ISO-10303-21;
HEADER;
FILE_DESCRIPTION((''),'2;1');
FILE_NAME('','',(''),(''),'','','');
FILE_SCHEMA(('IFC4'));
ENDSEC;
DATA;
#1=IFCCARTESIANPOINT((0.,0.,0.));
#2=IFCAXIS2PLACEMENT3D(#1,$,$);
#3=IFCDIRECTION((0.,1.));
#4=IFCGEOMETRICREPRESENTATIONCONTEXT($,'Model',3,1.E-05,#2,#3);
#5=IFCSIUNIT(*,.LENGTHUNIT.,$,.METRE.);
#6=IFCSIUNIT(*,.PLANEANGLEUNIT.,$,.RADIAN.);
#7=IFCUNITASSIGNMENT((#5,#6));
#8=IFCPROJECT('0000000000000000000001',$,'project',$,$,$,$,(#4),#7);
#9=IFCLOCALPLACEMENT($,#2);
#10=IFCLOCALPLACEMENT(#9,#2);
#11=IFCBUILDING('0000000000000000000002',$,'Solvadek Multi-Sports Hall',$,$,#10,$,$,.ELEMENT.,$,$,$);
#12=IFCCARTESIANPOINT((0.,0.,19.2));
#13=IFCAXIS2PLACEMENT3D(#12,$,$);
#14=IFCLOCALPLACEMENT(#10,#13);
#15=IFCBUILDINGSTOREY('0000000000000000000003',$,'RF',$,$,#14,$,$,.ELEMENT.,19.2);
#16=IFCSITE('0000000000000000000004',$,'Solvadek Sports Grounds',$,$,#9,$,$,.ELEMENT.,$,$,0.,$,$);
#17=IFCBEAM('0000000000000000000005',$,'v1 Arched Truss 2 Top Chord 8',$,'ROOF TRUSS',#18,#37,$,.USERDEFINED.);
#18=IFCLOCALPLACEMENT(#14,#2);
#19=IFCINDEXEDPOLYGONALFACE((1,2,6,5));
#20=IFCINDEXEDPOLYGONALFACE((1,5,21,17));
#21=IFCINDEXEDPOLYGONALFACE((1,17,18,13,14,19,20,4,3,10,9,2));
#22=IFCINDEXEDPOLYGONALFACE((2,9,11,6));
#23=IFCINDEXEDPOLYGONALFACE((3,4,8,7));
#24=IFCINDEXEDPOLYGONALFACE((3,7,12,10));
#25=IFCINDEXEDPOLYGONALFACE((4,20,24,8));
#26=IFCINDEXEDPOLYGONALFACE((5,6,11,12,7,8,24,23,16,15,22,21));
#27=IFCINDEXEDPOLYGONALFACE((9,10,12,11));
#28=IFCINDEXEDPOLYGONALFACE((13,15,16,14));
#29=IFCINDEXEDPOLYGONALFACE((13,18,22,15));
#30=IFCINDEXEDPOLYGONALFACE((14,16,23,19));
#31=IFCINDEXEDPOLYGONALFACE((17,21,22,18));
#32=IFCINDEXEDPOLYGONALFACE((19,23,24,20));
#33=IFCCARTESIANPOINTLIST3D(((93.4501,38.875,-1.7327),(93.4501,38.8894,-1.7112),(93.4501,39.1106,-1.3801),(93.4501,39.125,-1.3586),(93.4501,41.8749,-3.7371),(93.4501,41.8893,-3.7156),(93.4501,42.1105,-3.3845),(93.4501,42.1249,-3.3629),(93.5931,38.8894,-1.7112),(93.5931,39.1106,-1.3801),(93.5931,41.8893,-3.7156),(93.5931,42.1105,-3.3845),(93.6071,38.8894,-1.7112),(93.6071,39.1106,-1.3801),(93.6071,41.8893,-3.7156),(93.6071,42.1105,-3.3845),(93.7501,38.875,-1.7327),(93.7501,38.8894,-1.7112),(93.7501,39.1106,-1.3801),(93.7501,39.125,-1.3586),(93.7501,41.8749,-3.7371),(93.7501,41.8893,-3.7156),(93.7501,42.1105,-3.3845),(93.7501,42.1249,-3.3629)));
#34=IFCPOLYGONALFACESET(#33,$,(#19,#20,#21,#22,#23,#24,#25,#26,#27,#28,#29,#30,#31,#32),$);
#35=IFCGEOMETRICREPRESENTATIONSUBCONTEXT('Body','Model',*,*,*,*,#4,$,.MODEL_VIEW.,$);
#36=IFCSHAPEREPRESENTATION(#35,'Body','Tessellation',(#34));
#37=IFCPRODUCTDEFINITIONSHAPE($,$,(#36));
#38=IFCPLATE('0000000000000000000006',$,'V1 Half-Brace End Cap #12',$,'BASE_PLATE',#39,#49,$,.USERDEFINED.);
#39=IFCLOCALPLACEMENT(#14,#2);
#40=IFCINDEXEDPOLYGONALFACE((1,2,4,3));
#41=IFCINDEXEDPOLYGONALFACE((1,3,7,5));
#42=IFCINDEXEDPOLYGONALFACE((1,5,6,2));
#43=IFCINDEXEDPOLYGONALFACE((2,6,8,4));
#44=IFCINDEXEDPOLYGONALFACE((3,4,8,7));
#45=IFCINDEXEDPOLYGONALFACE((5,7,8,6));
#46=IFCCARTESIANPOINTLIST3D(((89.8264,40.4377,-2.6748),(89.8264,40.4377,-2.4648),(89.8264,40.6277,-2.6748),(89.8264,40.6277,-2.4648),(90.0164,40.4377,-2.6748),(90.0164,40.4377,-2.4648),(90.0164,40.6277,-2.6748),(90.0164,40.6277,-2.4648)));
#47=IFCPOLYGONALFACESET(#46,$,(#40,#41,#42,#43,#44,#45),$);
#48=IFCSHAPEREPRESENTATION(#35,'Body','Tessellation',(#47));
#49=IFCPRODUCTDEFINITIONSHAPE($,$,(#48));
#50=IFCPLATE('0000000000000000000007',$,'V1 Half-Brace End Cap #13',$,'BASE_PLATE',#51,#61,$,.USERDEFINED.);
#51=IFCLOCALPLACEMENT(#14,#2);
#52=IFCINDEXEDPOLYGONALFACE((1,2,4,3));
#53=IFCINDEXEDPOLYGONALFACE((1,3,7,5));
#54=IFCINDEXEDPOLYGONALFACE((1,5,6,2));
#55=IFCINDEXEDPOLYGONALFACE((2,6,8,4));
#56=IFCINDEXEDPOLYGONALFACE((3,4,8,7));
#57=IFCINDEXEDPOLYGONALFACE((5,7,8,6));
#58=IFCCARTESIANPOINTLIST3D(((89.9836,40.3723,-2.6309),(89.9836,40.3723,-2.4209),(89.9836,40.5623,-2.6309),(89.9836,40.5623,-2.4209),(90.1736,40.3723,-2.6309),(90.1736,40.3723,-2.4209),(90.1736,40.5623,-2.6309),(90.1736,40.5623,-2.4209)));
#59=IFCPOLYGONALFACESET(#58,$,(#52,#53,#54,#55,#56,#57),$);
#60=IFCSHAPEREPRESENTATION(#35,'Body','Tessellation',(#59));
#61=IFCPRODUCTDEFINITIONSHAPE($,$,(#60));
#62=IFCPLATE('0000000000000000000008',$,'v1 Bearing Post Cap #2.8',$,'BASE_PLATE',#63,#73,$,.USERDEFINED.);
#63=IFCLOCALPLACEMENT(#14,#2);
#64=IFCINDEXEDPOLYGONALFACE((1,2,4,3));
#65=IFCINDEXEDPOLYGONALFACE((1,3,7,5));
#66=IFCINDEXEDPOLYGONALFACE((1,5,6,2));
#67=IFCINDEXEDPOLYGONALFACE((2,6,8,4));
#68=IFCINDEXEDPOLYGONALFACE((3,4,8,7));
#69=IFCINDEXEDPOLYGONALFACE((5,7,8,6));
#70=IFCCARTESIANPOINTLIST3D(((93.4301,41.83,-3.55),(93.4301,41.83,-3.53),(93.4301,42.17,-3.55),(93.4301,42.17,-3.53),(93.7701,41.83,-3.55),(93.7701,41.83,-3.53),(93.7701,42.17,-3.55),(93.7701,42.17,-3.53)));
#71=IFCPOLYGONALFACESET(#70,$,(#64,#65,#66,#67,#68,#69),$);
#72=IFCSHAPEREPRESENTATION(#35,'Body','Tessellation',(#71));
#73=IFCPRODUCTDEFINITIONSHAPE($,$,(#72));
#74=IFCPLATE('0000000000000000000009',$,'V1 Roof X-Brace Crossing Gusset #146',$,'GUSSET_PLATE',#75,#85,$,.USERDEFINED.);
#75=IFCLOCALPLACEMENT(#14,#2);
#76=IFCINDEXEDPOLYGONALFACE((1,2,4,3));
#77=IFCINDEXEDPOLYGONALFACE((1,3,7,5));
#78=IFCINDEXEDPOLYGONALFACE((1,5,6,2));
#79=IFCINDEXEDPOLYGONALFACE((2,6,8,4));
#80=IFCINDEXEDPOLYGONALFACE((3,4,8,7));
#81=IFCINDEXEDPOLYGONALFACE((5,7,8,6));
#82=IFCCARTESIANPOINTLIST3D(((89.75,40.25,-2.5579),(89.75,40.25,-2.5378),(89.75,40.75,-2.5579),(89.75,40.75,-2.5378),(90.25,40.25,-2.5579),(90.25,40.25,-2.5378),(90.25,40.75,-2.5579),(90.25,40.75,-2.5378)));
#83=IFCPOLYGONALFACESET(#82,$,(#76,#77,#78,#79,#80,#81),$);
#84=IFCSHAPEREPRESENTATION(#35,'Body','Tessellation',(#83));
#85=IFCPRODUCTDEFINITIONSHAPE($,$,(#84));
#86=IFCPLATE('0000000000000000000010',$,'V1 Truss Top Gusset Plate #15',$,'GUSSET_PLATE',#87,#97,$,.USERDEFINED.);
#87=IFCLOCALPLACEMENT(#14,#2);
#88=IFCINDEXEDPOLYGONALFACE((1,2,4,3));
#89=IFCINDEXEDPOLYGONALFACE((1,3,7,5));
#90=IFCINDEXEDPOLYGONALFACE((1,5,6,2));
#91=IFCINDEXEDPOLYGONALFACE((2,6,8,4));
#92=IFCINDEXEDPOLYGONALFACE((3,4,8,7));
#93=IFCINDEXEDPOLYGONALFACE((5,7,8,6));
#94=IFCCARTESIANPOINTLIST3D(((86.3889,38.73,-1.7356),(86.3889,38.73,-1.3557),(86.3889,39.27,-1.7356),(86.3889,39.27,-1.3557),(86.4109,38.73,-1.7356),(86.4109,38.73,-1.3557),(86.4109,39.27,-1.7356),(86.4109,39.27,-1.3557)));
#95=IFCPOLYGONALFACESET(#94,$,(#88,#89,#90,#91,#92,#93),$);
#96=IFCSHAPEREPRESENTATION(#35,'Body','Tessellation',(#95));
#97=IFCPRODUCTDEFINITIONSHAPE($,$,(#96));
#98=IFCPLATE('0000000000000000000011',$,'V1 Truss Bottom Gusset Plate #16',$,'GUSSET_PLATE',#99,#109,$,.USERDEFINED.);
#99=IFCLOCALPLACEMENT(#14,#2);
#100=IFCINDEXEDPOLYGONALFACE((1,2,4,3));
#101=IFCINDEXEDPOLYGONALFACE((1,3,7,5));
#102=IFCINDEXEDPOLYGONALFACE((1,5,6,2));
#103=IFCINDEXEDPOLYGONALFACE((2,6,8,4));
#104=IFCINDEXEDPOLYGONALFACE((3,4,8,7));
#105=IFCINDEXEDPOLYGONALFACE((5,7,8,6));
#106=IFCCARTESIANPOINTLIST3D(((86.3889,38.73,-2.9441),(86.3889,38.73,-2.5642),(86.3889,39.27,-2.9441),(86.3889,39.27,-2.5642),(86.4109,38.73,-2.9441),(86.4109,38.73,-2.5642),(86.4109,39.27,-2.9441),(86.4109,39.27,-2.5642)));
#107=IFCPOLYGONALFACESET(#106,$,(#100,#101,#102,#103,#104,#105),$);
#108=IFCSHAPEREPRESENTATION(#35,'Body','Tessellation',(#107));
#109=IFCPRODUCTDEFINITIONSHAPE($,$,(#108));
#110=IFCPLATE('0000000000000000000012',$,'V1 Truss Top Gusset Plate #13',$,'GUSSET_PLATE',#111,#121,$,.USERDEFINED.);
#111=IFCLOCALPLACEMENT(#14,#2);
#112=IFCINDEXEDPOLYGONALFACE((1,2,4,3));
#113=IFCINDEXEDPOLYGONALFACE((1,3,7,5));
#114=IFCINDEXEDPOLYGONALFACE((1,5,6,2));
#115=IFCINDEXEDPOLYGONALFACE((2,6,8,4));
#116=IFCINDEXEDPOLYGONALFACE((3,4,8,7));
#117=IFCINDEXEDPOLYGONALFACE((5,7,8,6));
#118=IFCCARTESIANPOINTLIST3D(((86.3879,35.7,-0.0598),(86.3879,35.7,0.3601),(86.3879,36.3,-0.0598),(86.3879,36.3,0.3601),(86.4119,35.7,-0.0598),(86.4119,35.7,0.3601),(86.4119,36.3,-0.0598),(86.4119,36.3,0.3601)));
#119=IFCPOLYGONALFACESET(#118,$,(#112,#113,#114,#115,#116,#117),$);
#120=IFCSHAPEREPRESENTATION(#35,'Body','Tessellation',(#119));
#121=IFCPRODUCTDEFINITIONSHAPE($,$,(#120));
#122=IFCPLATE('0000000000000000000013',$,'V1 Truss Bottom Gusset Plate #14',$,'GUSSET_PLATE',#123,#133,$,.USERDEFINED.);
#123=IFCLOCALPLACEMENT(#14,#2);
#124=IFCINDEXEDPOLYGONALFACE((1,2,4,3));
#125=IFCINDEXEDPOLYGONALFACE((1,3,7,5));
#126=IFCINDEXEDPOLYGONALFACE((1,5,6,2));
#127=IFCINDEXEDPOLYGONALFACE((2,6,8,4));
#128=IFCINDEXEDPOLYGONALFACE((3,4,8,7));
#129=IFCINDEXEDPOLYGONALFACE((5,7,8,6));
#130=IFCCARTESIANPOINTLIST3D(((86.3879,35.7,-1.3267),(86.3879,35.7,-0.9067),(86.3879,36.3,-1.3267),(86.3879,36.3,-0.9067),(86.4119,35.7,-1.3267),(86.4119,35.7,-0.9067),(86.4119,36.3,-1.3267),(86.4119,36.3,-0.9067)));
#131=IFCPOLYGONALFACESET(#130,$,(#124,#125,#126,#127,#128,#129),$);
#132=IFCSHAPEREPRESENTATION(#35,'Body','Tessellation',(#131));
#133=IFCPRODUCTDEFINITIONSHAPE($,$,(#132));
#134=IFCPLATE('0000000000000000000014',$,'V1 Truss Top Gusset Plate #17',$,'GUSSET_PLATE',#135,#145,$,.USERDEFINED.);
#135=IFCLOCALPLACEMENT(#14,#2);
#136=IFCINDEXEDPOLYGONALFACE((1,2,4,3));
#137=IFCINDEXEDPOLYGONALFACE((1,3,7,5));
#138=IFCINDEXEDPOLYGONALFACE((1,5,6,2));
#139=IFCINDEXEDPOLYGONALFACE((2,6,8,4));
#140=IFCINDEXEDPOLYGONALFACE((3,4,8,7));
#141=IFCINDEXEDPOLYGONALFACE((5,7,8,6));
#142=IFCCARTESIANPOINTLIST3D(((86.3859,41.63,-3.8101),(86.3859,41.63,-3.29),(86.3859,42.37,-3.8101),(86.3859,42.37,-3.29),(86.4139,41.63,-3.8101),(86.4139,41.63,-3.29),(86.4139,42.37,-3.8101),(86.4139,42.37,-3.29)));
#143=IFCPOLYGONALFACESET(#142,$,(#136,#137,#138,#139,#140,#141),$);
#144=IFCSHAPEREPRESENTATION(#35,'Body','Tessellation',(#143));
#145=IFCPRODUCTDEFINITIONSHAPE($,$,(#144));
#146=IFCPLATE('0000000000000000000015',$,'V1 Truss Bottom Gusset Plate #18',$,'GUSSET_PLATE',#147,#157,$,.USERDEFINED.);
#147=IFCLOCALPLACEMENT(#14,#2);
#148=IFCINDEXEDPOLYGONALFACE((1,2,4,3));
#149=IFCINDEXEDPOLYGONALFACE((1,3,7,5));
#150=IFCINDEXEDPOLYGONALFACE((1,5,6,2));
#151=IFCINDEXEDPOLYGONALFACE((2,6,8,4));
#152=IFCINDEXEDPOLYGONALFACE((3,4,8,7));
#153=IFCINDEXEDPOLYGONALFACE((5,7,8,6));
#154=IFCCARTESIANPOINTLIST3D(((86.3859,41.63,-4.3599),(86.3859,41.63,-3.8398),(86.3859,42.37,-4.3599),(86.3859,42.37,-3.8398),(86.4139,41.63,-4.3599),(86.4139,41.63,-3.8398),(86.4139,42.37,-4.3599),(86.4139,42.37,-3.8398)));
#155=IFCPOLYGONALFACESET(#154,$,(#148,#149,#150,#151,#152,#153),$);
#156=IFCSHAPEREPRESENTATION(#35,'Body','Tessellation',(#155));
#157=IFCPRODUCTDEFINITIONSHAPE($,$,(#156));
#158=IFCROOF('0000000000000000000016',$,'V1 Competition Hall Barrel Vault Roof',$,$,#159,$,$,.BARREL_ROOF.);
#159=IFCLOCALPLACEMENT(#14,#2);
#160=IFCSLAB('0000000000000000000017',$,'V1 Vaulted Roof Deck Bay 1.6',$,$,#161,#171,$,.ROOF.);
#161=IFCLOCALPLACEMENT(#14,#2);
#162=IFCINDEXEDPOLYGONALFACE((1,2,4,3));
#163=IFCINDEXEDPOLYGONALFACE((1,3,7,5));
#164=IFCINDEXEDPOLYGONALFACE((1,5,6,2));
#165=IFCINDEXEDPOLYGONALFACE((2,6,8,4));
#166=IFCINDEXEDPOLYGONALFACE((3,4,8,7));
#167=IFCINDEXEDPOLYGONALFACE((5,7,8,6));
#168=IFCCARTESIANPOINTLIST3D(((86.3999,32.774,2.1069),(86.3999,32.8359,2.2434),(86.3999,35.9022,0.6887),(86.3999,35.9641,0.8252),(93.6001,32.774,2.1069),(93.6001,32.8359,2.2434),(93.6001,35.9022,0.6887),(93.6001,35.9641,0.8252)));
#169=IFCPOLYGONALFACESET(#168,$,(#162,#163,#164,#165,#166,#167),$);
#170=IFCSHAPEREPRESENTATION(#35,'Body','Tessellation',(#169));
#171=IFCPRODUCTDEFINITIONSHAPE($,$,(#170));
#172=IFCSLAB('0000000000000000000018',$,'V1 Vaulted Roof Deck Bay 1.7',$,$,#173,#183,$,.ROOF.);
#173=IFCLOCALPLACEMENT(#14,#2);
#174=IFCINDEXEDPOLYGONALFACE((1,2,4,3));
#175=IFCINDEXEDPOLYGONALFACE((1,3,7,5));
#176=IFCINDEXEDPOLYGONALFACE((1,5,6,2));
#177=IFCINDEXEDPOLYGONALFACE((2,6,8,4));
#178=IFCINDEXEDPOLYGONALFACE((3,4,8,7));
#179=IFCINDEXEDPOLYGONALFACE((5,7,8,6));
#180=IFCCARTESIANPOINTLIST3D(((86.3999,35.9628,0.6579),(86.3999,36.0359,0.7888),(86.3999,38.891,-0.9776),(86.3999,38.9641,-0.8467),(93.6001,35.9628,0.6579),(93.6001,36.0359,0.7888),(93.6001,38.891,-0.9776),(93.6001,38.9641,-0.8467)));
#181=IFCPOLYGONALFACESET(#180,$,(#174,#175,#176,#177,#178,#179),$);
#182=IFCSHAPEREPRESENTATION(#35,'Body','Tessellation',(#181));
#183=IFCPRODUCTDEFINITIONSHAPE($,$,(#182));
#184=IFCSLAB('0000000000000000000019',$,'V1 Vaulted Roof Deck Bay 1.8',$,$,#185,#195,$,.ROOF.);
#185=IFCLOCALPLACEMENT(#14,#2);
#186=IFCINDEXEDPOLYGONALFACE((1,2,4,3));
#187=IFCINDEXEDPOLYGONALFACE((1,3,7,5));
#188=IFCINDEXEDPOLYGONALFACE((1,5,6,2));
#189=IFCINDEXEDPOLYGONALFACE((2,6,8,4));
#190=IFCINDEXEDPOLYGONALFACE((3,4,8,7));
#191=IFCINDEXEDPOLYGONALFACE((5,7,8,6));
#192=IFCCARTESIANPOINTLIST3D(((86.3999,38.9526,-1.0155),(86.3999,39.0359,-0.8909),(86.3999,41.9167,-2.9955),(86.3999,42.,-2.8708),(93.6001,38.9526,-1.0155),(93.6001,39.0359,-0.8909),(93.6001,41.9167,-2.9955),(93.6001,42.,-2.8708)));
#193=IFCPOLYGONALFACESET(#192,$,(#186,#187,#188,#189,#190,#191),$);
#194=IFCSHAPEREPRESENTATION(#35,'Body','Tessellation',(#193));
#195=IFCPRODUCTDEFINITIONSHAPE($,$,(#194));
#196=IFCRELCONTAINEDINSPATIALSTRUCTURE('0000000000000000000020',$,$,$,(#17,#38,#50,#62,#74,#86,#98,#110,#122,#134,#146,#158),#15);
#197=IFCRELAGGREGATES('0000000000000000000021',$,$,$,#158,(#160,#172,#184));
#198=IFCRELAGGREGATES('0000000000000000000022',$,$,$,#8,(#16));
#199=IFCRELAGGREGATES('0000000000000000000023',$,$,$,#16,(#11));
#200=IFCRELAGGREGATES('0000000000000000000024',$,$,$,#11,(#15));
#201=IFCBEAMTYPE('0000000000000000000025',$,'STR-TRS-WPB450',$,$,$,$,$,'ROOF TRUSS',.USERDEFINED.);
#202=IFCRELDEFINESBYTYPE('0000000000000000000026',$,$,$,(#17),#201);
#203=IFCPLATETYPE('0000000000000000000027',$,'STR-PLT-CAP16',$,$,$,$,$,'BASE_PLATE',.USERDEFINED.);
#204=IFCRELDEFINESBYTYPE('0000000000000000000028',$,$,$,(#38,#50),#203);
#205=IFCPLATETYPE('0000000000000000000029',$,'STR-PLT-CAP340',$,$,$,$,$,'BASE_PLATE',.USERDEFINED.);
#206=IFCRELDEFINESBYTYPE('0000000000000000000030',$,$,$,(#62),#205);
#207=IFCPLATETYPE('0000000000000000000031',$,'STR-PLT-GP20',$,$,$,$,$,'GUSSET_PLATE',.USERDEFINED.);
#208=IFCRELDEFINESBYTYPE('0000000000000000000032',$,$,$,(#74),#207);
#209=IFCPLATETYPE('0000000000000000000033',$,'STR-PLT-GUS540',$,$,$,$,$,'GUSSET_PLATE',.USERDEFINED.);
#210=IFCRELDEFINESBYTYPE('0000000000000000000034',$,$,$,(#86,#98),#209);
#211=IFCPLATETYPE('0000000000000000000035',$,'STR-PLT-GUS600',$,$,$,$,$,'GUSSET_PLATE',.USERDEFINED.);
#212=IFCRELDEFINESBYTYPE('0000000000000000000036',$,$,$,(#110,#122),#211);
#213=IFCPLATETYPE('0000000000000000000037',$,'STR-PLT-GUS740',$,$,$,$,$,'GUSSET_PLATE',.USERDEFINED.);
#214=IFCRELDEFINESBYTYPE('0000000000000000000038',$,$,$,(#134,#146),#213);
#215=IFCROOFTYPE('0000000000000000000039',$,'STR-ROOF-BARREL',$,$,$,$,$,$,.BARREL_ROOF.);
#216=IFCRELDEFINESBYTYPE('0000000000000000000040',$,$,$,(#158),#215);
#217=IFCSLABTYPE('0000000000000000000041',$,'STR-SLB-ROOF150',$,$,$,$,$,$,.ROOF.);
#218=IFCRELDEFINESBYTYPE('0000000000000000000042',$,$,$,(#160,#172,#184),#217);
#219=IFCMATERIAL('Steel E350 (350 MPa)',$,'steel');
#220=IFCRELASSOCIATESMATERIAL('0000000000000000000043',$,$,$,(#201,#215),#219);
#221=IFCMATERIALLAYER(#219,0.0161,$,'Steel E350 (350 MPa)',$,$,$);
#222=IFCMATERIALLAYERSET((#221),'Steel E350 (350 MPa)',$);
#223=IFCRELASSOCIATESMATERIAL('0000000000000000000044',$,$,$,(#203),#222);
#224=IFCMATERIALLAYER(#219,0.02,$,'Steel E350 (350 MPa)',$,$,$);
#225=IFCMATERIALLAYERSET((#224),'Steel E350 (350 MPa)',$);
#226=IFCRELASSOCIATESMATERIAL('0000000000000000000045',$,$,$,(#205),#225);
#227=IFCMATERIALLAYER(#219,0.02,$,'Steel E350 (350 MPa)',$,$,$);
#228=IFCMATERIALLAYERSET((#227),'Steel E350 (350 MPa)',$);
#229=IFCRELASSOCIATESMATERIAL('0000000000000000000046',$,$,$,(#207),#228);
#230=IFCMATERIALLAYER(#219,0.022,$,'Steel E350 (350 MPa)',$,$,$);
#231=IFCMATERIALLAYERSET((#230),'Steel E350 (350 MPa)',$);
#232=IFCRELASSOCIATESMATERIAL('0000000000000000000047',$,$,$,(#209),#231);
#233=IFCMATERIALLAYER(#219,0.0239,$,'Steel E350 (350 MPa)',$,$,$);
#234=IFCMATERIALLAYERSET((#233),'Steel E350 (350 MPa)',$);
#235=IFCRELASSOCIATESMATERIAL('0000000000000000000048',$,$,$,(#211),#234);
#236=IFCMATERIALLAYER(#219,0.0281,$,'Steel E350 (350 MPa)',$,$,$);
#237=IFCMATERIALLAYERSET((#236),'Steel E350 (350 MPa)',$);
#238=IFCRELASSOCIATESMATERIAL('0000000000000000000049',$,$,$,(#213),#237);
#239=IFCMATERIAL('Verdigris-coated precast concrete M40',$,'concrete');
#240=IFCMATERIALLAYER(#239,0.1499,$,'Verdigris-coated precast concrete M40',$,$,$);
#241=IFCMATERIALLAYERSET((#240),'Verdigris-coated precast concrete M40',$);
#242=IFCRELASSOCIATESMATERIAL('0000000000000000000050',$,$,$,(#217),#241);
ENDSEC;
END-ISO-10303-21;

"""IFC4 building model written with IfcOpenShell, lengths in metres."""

from ifc_helpers import new_model, si_unit, direction, frame, origin, origin_2d, place, context, subcontext, project, spatial, polyline, rectangle, i_section, outline, extrude, material, layer, layer_set, material_profile, profile_set, type_object, element, aggregate, save


model = new_model("IFC4")

# Units and contexts
model_context = context("Model", 3, precision=1e-05, world=origin(), true_north=direction((0.0, 1.0)))
body_context = subcontext(model_context, "Body", "Model", "MODEL_VIEW")
ifc_project = project(units=[si_unit("LENGTHUNIT", "METRE"), si_unit("PLANEANGLEUNIT", "RADIAN")], contexts=[model_context])

# Site, building, storey
site_placement = place(None, origin())
site = spatial("IfcSite", under=ifc_project, at=site_placement, Name="Solvadek Sports Grounds", CompositionType="ELEMENT", RefElevation=0.0)
building_placement = place(site_placement, origin())
building = spatial("IfcBuilding", under=site, at=building_placement, Name="Solvadek Multi-Sports Hall", CompositionType="ELEMENT")
storey_placement = place(building_placement, frame((0.0, 0.0, 19.2)))
storey = spatial("IfcBuildingStorey", under=building, at=storey_placement, Name="RF", CompositionType="ELEMENT", Elevation=19.2)

# Shared definitions
ifc_material_1 = material(Name="Steel E350 (350 MPa)", Category="steel")

# Beam
ifc_material_profile_1 = material_profile(ifc_material_1, i_section(OverallWidth=0.3, OverallDepth=0.45, WebThickness=0.0139, FlangeThickness=0.0259, at=origin_2d()), Name="WPB 450")
ifc_profile_set_1 = profile_set([ifc_material_profile_1], Name="Steel E350 (350 MPa)")
beam_type = type_object("IfcBeamType", Name="STR-TRS-WPB450", ElementType="ROOF TRUSS", PredefinedType="USERDEFINED", material=ifc_profile_set_1)
beam_1_placement = place(storey_placement, frame((93.6001, 39.0, -1.5457), z_axis=(0.0, 0.831488, -0.555543), x_axis=(-1.0, 0.0, 0.0)))
element("IfcBeam", 1, at=beam_1_placement, inside=storey, type_object=beam_type, Name="v1 Arched Truss 2 Top Chord 8", ObjectType="ROOF TRUSS", PredefinedType="USERDEFINED", context=body_context, shape_type="SweptSolid", body=[
    extrude(i_section(OverallWidth=0.3, OverallDepth=0.45, WebThickness=0.0139, FlangeThickness=0.0259, at=origin_2d()), origin(), (0.0, 0.0, 1.0), 3.6079),
])

# Plates
ifc_layer_1 = layer(ifc_material_1, 0.0161, Name="Steel E350 (350 MPa)")
ifc_layer_set_1 = layer_set([ifc_layer_1], Name="Steel E350 (350 MPa)")
plate_type_1 = type_object("IfcPlateType", Name="STR-PLT-CAP16", ElementType="BASE_PLATE", PredefinedType="USERDEFINED", material=ifc_layer_set_1)
for number, where, z_axis, x_axis, name in (
    (2, (89.9214, 40.5327, -2.6748), (0.0, 0.0, 1.0), (1.0, 0.0, 0.0), "V1 Half-Brace End Cap #12"),
    (3, (90.0786, 40.4673, -2.6309), (0.0, 0.0, 1.0), (1.0, 0.0, 0.0), "V1 Half-Brace End Cap #13"),
):
    element("IfcPlate", number, at=place(storey_placement, frame(where, z_axis=z_axis, x_axis=x_axis)), inside=storey, type_object=plate_type_1, Name=name, ObjectType="BASE_PLATE", PredefinedType="USERDEFINED", context=body_context, shape_type="SweptSolid", body=[
        extrude(rectangle(XDim=0.1899, YDim=0.1899, at=origin_2d()), origin(), (0.0, 0.0, 1.0), 0.21),
    ])
ifc_layer_2 = layer(ifc_material_1, 0.02, Name="Steel E350 (350 MPa)")
ifc_layer_set_2 = layer_set([ifc_layer_2], Name="Steel E350 (350 MPa)")
plate_type_2 = type_object("IfcPlateType", Name="STR-PLT-CAP340", ElementType="BASE_PLATE", PredefinedType="USERDEFINED", material=ifc_layer_set_2)
plate_1_placement = place(storey_placement, frame((93.6001, 42.0, -3.55), z_axis=(0.0, 0.0, 1.0), x_axis=(1.0, 0.0, 0.0)))
element("IfcPlate", 4, at=plate_1_placement, inside=storey, type_object=plate_type_2, Name="v1 Bearing Post Cap #2.8", ObjectType="BASE_PLATE", PredefinedType="USERDEFINED", context=body_context, shape_type="SweptSolid", body=[
    extrude(rectangle(XDim=0.3401, YDim=0.3401, at=origin_2d()), origin(), (0.0, 0.0, 1.0), 0.02),
])
ifc_layer_3 = layer(ifc_material_1, 0.02, Name="Steel E350 (350 MPa)")
ifc_layer_set_3 = layer_set([ifc_layer_3], Name="Steel E350 (350 MPa)")
plate_type_3 = type_object("IfcPlateType", Name="STR-PLT-GP20", ElementType="GUSSET_PLATE", PredefinedType="USERDEFINED", material=ifc_layer_set_3)
plate_2_placement = place(storey_placement, frame((90.0, 40.5, -2.5579), z_axis=(0.0, 0.0, 1.0), x_axis=(1.0, 0.0, 0.0)))
element("IfcPlate", 5, at=plate_2_placement, inside=storey, type_object=plate_type_3, Name="V1 Roof X-Brace Crossing Gusset #146", ObjectType="GUSSET_PLATE", PredefinedType="USERDEFINED", context=body_context, shape_type="SweptSolid", body=[
    extrude(rectangle(XDim=0.5, YDim=0.5, at=origin_2d()), origin(), (0.0, 0.0, 1.0), 0.02),
])
ifc_layer_4 = layer(ifc_material_1, 0.022, Name="Steel E350 (350 MPa)")
ifc_layer_set_4 = layer_set([ifc_layer_4], Name="Steel E350 (350 MPa)")
plate_type_4 = type_object("IfcPlateType", Name="STR-PLT-GUS540", ElementType="GUSSET_PLATE", PredefinedType="USERDEFINED", material=ifc_layer_set_4)
for number, where, z_axis, x_axis, name in (
    (6, (86.3999, 39.0, -1.7356), (0.0, 0.0, 1.0), (0.0, 1.0, 0.0), "V1 Truss Top Gusset Plate #15"),
    (7, (86.3999, 39.0, -2.9441), (0.0, 0.0, 1.0), (0.0, 1.0, 0.0), "V1 Truss Bottom Gusset Plate #16"),
):
    element("IfcPlate", number, at=place(storey_placement, frame(where, z_axis=z_axis, x_axis=x_axis)), inside=storey, type_object=plate_type_4, Name=name, ObjectType="GUSSET_PLATE", PredefinedType="USERDEFINED", context=body_context, shape_type="SweptSolid", body=[
        extrude(rectangle(XDim=0.54, YDim=0.022, at=origin_2d()), origin(), (0.0, 0.0, 1.0), 0.3799),
    ])
ifc_layer_5 = layer(ifc_material_1, 0.0239, Name="Steel E350 (350 MPa)")
ifc_layer_set_5 = layer_set([ifc_layer_5], Name="Steel E350 (350 MPa)")
plate_type_5 = type_object("IfcPlateType", Name="STR-PLT-GUS600", ElementType="GUSSET_PLATE", PredefinedType="USERDEFINED", material=ifc_layer_set_5)
for number, where, z_axis, x_axis, name in (
    (8, (86.3999, 36.0, -0.0598), (0.0, 0.0, 1.0), (0.0, 1.0, 0.0), "V1 Truss Top Gusset Plate #13"),
    (9, (86.3999, 36.0, -1.3267), (0.0, 0.0, 1.0), (0.0, 1.0, 0.0), "V1 Truss Bottom Gusset Plate #14"),
):
    element("IfcPlate", number, at=place(storey_placement, frame(where, z_axis=z_axis, x_axis=x_axis)), inside=storey, type_object=plate_type_5, Name=name, ObjectType="GUSSET_PLATE", PredefinedType="USERDEFINED", context=body_context, shape_type="SweptSolid", body=[
        extrude(rectangle(XDim=0.6001, YDim=0.0239, at=origin_2d()), origin(), (0.0, 0.0, 1.0), 0.4199),
    ])
ifc_layer_6 = layer(ifc_material_1, 0.0281, Name="Steel E350 (350 MPa)")
ifc_layer_set_6 = layer_set([ifc_layer_6], Name="Steel E350 (350 MPa)")
plate_type_6 = type_object("IfcPlateType", Name="STR-PLT-GUS740", ElementType="GUSSET_PLATE", PredefinedType="USERDEFINED", material=ifc_layer_set_6)
for number, where, z_axis, x_axis, name in (
    (10, (86.3999, 42.0, -3.8101), (0.0, 0.0, 1.0), (0.0, 1.0, 0.0), "V1 Truss Top Gusset Plate #17"),
    (11, (86.3999, 42.0, -4.3599), (0.0, 0.0, 1.0), (0.0, 1.0, 0.0), "V1 Truss Bottom Gusset Plate #18"),
):
    element("IfcPlate", number, at=place(storey_placement, frame(where, z_axis=z_axis, x_axis=x_axis)), inside=storey, type_object=plate_type_6, Name=name, ObjectType="GUSSET_PLATE", PredefinedType="USERDEFINED", context=body_context, shape_type="SweptSolid", body=[
        extrude(rectangle(XDim=0.74, YDim=0.0281, at=origin_2d()), origin(), (0.0, 0.0, 1.0), 0.52),
    ])

# Roof, slabs
roof_type = type_object("IfcRoofType", Name="STR-ROOF-BARREL", PredefinedType="BARREL_ROOF", material=ifc_material_1)
roof_placement = place(storey_placement, origin())
roof = element("IfcRoof", 12, at=roof_placement, inside=storey, type_object=roof_type, Name="V1 Competition Hall Barrel Vault Roof", PredefinedType="BARREL_ROOF")
ifc_material_2 = material(Name="Verdigris-coated precast concrete M40", Category="concrete")
ifc_layer_7 = layer(ifc_material_2, 0.1499, Name="Verdigris-coated precast concrete M40")
ifc_layer_set_7 = layer_set([ifc_layer_7], Name="Verdigris-coated precast concrete M40")
slab_type = type_object("IfcSlabType", Name="STR-SLB-ROOF150", PredefinedType="ROOF", material=ifc_layer_set_7)
slab_1_placement = place(storey_placement, frame((86.3999, 32.8359, 2.2434), z_axis=(0.0, 0.412914, 0.91077), x_axis=(1.0, 0.0, 0.0)))
slab_1 = element("IfcSlab", 13, at=slab_1_placement, type_object=slab_type, Name="V1 Vaulted Roof Deck Bay 1.6", PredefinedType="ROOF", context=body_context, shape_type="SweptSolid", body=[
    extrude(outline(polyline([(0.0, 0.0), (7.2002, 0.0), (7.2002, 3.4346), (0.0, 3.4346), (0.0, 0.0)])), origin(), (0.0, 0.0, -1.0), 0.1499),
])
slab_2_placement = place(storey_placement, frame((86.3999, 36.0359, 0.7888), z_axis=(0.0, 0.487626, 0.873053), x_axis=(1.0, 0.0, 0.0)))
slab_2 = element("IfcSlab", 14, at=slab_2_placement, type_object=slab_type, Name="V1 Vaulted Roof Deck Bay 1.7", PredefinedType="ROOF", context=body_context, shape_type="SweptSolid", body=[
    extrude(outline(polyline([(0.0, 0.0), (7.2002, 0.0), (7.2002, 3.354), (0.0, 3.354), (0.0, 0.0)])), origin(), (0.0, 0.0, -1.0), 0.1499),
])
slab_3_placement = place(storey_placement, frame((86.3999, 39.0359, -0.8909), z_axis=(0.0, 0.555459, 0.831544), x_axis=(1.0, 0.0, 0.0)))
slab_3 = element("IfcSlab", 15, at=slab_3_placement, type_object=slab_type, Name="V1 Vaulted Roof Deck Bay 1.8", PredefinedType="ROOF", context=body_context, shape_type="SweptSolid", body=[
    extrude(outline(polyline([(0.0, 0.0), (7.2002, 0.0), (7.2002, 3.5646), (0.0, 3.5646), (0.0, 0.0)])), origin(), (0.0, 0.0, -1.0), 0.1499),
])
aggregate(roof, [slab_1, slab_2, slab_3])

save(model, "model.ifc")
